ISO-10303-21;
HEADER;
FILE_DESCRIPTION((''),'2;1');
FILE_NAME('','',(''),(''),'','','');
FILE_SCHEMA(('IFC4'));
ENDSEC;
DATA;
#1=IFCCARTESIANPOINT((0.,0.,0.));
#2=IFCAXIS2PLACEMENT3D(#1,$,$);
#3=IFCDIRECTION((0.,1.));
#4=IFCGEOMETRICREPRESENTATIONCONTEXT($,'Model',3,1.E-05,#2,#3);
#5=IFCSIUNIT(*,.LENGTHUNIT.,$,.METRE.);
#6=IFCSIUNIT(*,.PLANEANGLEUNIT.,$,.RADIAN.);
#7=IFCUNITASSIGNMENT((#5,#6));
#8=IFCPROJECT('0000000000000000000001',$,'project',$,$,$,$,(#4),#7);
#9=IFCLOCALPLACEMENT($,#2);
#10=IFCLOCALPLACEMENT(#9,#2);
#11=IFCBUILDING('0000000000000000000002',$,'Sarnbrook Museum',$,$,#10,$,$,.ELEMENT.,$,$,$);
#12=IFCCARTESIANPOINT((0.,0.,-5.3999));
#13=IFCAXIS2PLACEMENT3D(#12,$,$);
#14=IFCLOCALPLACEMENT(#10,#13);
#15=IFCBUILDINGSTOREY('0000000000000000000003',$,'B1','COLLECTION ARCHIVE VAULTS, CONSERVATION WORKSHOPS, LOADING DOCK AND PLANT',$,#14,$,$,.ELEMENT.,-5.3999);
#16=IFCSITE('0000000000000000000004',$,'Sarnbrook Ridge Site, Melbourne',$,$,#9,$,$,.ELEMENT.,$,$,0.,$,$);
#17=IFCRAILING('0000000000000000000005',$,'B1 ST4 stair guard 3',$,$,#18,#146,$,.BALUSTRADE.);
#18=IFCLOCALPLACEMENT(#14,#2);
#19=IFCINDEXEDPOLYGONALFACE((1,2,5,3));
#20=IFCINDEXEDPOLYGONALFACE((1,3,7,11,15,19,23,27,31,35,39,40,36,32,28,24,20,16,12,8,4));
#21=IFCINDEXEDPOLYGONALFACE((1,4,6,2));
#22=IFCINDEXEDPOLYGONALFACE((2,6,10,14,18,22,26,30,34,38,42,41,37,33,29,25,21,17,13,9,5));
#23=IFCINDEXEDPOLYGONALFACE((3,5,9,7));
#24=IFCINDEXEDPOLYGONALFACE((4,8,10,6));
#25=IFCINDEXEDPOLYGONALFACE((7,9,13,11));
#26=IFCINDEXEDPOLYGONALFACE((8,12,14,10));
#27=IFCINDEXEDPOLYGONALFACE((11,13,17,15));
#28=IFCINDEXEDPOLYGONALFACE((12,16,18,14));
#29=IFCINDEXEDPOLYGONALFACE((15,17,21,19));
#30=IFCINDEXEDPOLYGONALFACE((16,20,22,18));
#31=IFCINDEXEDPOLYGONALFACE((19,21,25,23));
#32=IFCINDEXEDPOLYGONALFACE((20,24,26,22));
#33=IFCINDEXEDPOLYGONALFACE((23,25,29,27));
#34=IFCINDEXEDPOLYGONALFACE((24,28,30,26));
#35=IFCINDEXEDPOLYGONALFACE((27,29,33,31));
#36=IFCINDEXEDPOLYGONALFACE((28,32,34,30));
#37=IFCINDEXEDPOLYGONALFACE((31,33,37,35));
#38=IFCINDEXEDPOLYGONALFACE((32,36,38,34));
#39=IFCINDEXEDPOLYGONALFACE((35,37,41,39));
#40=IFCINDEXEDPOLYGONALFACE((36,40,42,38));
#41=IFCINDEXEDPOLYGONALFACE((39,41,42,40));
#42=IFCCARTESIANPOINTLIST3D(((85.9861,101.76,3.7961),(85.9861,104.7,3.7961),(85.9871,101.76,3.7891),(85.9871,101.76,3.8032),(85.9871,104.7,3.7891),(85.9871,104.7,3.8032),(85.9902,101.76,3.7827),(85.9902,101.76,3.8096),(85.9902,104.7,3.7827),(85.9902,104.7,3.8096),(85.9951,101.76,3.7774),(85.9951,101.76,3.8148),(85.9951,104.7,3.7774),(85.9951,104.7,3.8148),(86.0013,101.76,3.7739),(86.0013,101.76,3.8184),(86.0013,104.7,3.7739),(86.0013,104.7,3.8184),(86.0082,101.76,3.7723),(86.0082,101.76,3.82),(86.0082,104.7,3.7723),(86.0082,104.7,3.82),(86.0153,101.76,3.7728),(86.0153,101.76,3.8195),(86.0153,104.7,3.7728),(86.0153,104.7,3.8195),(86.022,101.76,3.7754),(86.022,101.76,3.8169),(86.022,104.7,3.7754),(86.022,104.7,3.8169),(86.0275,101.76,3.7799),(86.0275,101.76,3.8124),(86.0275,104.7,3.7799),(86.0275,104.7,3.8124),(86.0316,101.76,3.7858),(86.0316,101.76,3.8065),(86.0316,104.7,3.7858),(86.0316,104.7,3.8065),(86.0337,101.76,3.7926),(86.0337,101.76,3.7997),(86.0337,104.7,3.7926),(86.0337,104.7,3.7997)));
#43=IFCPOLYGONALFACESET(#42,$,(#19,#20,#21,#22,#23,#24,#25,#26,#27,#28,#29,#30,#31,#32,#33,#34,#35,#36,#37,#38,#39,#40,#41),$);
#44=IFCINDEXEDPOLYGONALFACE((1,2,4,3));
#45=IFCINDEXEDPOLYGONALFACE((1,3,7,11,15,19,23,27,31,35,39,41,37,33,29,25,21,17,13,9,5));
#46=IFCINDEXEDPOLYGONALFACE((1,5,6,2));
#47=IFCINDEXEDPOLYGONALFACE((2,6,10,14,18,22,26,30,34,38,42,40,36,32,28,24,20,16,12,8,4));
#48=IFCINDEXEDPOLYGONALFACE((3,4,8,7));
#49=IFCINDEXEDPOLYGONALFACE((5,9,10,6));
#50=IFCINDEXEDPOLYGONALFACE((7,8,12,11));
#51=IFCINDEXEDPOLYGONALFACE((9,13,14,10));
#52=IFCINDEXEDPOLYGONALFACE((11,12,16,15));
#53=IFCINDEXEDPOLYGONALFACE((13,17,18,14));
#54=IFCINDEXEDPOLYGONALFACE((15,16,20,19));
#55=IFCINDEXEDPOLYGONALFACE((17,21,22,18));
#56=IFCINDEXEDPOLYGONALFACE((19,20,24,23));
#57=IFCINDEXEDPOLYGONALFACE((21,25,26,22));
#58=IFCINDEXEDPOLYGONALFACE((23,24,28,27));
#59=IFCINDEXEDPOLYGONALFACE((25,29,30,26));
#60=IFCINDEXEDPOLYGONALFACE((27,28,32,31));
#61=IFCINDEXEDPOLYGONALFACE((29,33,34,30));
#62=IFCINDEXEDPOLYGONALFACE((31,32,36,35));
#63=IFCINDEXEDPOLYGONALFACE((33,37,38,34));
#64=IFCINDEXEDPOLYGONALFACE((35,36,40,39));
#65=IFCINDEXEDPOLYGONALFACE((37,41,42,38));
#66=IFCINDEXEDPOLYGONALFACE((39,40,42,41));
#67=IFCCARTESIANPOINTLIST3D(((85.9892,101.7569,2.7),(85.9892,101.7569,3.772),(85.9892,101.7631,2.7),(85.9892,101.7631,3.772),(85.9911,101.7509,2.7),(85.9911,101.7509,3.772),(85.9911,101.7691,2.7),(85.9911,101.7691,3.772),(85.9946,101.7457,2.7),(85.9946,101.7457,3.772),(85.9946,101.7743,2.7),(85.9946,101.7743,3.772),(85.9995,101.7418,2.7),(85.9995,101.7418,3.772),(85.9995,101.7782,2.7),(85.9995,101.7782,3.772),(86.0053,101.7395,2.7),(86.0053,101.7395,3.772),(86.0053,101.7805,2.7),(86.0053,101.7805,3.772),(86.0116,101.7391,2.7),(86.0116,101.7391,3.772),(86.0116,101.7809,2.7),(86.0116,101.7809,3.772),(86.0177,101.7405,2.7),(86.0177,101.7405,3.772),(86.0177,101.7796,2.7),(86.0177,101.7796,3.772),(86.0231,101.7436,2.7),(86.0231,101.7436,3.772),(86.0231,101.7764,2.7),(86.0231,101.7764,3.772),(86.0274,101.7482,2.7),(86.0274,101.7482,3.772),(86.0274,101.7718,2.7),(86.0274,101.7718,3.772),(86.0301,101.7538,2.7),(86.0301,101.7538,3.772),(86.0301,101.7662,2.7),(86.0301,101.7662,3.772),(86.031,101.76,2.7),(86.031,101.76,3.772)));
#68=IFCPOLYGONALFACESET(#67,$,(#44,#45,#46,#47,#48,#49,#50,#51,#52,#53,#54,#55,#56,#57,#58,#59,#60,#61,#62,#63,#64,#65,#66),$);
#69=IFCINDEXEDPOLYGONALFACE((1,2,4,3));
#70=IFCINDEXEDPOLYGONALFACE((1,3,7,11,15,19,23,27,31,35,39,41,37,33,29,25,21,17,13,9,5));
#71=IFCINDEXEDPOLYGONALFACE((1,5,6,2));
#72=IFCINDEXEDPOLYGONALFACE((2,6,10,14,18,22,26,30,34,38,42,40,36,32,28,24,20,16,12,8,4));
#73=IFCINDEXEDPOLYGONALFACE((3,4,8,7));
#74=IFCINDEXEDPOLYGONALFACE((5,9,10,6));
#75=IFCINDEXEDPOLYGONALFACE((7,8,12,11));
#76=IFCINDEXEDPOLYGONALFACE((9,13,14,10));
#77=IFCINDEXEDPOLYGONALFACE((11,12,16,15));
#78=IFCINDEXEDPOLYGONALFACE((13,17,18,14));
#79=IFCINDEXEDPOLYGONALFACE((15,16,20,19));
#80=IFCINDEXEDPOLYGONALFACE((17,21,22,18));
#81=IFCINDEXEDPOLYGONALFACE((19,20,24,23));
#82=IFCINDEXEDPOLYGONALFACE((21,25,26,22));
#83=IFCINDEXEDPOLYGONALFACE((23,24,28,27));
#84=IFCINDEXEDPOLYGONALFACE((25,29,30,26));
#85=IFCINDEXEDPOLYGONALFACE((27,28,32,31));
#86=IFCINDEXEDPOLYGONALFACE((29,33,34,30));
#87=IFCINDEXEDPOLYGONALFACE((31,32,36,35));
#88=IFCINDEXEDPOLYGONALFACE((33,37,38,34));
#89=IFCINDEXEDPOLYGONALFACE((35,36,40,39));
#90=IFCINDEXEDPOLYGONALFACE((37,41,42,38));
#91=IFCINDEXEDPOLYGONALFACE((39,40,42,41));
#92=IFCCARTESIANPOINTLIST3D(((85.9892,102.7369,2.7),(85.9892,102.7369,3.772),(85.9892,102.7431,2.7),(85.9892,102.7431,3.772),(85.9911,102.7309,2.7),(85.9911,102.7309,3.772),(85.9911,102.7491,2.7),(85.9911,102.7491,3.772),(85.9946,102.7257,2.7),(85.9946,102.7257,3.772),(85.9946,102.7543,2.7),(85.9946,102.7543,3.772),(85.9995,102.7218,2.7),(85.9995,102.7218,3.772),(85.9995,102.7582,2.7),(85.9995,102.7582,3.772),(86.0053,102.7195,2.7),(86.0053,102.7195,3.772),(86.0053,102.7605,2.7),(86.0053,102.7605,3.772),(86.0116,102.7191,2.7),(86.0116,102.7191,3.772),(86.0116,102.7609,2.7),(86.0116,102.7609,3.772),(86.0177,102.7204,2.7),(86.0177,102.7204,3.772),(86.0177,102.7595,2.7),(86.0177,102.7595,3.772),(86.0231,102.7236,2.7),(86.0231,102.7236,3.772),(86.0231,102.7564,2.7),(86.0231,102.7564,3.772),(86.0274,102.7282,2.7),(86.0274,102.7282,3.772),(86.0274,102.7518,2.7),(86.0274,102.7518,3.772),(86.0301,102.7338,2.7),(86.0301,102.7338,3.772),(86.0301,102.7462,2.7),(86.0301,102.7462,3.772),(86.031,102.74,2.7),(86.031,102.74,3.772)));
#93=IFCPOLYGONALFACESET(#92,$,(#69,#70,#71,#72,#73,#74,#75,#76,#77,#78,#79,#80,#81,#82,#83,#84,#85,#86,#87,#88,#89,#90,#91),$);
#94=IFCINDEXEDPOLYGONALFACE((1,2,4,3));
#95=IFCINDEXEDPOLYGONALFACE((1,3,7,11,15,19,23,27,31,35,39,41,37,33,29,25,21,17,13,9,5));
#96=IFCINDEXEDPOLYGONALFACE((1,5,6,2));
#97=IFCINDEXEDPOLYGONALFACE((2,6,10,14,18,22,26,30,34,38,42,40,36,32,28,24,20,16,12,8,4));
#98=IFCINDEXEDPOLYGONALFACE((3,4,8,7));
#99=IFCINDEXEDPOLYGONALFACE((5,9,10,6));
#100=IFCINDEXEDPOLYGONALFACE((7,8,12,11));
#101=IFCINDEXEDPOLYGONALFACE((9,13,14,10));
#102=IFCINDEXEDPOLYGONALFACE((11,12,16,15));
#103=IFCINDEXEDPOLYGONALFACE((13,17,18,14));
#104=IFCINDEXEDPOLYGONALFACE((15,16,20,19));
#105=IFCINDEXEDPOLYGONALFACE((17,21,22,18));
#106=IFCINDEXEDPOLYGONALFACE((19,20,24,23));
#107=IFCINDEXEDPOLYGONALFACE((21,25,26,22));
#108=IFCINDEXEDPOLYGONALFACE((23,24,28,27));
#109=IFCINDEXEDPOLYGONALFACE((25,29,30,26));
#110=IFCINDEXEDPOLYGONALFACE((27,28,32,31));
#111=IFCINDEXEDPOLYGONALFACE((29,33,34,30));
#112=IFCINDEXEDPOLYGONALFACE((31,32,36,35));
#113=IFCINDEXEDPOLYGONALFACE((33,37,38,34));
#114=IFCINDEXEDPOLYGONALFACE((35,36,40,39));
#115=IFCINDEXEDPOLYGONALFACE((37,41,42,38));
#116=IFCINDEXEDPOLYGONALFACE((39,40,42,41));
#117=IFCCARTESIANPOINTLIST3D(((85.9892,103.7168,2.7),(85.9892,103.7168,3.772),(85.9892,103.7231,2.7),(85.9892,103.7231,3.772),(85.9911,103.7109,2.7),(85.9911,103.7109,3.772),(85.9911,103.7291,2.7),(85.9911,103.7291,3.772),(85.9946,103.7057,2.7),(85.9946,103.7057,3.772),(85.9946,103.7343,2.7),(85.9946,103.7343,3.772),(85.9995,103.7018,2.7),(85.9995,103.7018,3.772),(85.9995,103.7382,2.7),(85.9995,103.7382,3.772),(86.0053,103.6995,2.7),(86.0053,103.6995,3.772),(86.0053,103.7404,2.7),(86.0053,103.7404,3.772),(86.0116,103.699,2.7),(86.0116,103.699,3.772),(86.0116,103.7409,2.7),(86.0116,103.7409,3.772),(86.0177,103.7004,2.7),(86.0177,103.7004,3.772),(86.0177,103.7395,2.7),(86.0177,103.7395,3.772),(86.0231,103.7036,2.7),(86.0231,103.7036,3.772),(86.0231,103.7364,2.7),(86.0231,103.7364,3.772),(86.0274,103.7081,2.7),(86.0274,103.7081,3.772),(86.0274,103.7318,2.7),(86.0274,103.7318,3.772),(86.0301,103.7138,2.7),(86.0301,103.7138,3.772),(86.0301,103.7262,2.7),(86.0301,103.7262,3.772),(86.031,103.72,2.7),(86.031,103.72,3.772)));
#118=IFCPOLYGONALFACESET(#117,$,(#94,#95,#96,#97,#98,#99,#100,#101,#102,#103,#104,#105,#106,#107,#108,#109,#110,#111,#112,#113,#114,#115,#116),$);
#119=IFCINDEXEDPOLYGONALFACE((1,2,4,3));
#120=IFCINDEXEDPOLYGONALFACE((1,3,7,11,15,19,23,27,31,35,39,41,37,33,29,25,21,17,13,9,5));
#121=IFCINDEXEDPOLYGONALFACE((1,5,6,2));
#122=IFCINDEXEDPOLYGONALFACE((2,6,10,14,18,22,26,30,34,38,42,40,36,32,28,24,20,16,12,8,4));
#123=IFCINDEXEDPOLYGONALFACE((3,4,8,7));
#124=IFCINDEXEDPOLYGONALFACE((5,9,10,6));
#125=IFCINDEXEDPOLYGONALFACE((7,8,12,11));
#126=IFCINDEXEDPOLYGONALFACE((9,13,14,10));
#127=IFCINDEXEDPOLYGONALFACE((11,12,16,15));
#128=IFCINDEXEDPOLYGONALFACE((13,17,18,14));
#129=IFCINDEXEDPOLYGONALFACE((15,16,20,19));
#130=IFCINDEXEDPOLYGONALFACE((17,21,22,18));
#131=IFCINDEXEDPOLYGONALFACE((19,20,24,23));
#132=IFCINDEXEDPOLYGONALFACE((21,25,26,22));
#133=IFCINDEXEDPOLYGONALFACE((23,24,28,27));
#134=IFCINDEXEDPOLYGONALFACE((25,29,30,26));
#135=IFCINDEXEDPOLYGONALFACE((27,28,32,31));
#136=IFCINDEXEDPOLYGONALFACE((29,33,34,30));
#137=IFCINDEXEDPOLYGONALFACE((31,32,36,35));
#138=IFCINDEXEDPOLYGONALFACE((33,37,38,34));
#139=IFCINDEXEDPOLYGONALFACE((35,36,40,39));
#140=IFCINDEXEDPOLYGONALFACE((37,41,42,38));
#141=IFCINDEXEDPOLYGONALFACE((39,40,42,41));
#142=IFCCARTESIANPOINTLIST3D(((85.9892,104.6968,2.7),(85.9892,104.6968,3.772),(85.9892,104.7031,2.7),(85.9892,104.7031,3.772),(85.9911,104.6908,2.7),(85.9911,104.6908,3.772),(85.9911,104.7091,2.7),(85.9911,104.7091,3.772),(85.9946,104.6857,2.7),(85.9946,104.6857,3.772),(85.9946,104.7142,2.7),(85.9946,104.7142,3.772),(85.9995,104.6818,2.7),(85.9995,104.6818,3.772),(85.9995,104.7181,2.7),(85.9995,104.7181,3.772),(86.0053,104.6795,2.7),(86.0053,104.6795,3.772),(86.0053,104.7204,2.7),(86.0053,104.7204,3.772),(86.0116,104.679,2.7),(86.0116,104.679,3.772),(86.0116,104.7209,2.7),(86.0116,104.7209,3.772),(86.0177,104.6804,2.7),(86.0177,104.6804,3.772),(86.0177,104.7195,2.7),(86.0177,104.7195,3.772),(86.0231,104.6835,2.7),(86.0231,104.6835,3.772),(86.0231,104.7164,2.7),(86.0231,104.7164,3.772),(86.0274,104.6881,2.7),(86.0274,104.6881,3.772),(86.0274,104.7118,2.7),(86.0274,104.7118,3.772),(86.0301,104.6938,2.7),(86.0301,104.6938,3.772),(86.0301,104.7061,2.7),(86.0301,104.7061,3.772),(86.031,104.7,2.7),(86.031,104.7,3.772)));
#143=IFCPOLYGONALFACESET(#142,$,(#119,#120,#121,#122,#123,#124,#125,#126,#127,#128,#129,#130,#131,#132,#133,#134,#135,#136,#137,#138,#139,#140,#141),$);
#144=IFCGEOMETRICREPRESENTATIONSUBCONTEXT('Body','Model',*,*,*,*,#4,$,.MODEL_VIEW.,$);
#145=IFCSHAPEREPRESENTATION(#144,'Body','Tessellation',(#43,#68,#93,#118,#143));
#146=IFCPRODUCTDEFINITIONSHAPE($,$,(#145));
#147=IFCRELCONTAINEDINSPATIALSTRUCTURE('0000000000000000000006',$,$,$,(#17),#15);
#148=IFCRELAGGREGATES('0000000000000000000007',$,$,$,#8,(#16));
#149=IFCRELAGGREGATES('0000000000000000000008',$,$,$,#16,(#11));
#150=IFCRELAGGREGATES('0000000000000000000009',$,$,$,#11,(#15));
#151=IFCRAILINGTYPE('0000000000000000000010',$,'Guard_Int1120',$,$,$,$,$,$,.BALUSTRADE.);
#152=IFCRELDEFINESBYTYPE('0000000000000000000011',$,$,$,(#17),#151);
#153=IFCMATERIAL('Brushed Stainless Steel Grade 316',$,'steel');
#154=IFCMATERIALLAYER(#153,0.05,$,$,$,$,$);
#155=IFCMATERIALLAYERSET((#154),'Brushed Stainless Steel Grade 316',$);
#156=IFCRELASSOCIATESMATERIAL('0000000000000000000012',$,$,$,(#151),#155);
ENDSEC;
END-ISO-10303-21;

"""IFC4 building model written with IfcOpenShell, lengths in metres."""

from ifc_helpers import new_model, si_unit, direction, frame, origin, origin_2d, place, context, subcontext, project, spatial, circle, extrude, material, layer, layer_set, type_object, element, save


model = new_model("IFC4")

# Units and contexts
model_context = context("Model", 3, precision=1e-05, world=origin(), true_north=direction((0.0, 1.0)))
body_context = subcontext(model_context, "Body", "Model", "MODEL_VIEW")
ifc_project = project(units=[si_unit("LENGTHUNIT", "METRE"), si_unit("PLANEANGLEUNIT", "RADIAN")], contexts=[model_context])

# Site, building, storey
site_placement = place(None, origin())
site = spatial("IfcSite", under=ifc_project, at=site_placement, Name="Sarnbrook Ridge Site, Melbourne", CompositionType="ELEMENT", RefElevation=0.0)
building_placement = place(site_placement, origin())
building = spatial("IfcBuilding", under=site, at=building_placement, Name="Sarnbrook Museum", CompositionType="ELEMENT")
storey_placement = place(building_placement, frame((0.0, 0.0, -5.3999)))
storey = spatial("IfcBuildingStorey", under=building, at=storey_placement, Name="B1", Description="COLLECTION ARCHIVE VAULTS, CONSERVATION WORKSHOPS, LOADING DOCK AND PLANT", CompositionType="ELEMENT", Elevation=-5.3999)

# Shared definitions
ifc_material_1 = material(Name="Brushed Stainless Steel Grade 316", Category="steel")

# Railing
ifc_layer_1 = layer(ifc_material_1, 0.05)
ifc_layer_set_1 = layer_set([ifc_layer_1], Name="Brushed Stainless Steel Grade 316")
railing_type_1 = type_object("IfcRailingType", Name="Guard_Int1120", PredefinedType="BALUSTRADE", material=ifc_layer_set_1)
for number, where, name in (
    (1, (86.01, 101.76, 2.7), "B1 ST4 stair guard 3"),
):
    element("IfcRailing", number, at=place(storey_placement, frame(where)), inside=storey, type_object=railing_type_1, Name=name, PredefinedType="BALUSTRADE", context=body_context, shape_type="SweptSolid", body=[
        extrude(circle(Radius=0.0239, at=origin_2d()), frame((0.0, 0.0, 1.0962), z_axis=(0.0, 1.0, 0.0), x_axis=(-1.0, 0.0, 0.0)), (0.0, 0.0, 1.0), 2.9399),
        extrude(circle(Radius=0.021, at=origin_2d()), origin(), (0.0, 0.0, 1.0), 1.072),
        extrude(circle(Radius=0.021, at=origin_2d()), frame((0.0, 0.98, 0.0)), (0.0, 0.0, 1.0), 1.072),
        extrude(circle(Radius=0.021, at=origin_2d()), frame((0.0, 1.96, 0.0)), (0.0, 0.0, 1.0), 1.072),
        extrude(circle(Radius=0.021, at=origin_2d()), frame((0.0, 2.9399, 0.0)), (0.0, 0.0, 1.0), 1.072),
    ])

save(model, "model.ifc")
